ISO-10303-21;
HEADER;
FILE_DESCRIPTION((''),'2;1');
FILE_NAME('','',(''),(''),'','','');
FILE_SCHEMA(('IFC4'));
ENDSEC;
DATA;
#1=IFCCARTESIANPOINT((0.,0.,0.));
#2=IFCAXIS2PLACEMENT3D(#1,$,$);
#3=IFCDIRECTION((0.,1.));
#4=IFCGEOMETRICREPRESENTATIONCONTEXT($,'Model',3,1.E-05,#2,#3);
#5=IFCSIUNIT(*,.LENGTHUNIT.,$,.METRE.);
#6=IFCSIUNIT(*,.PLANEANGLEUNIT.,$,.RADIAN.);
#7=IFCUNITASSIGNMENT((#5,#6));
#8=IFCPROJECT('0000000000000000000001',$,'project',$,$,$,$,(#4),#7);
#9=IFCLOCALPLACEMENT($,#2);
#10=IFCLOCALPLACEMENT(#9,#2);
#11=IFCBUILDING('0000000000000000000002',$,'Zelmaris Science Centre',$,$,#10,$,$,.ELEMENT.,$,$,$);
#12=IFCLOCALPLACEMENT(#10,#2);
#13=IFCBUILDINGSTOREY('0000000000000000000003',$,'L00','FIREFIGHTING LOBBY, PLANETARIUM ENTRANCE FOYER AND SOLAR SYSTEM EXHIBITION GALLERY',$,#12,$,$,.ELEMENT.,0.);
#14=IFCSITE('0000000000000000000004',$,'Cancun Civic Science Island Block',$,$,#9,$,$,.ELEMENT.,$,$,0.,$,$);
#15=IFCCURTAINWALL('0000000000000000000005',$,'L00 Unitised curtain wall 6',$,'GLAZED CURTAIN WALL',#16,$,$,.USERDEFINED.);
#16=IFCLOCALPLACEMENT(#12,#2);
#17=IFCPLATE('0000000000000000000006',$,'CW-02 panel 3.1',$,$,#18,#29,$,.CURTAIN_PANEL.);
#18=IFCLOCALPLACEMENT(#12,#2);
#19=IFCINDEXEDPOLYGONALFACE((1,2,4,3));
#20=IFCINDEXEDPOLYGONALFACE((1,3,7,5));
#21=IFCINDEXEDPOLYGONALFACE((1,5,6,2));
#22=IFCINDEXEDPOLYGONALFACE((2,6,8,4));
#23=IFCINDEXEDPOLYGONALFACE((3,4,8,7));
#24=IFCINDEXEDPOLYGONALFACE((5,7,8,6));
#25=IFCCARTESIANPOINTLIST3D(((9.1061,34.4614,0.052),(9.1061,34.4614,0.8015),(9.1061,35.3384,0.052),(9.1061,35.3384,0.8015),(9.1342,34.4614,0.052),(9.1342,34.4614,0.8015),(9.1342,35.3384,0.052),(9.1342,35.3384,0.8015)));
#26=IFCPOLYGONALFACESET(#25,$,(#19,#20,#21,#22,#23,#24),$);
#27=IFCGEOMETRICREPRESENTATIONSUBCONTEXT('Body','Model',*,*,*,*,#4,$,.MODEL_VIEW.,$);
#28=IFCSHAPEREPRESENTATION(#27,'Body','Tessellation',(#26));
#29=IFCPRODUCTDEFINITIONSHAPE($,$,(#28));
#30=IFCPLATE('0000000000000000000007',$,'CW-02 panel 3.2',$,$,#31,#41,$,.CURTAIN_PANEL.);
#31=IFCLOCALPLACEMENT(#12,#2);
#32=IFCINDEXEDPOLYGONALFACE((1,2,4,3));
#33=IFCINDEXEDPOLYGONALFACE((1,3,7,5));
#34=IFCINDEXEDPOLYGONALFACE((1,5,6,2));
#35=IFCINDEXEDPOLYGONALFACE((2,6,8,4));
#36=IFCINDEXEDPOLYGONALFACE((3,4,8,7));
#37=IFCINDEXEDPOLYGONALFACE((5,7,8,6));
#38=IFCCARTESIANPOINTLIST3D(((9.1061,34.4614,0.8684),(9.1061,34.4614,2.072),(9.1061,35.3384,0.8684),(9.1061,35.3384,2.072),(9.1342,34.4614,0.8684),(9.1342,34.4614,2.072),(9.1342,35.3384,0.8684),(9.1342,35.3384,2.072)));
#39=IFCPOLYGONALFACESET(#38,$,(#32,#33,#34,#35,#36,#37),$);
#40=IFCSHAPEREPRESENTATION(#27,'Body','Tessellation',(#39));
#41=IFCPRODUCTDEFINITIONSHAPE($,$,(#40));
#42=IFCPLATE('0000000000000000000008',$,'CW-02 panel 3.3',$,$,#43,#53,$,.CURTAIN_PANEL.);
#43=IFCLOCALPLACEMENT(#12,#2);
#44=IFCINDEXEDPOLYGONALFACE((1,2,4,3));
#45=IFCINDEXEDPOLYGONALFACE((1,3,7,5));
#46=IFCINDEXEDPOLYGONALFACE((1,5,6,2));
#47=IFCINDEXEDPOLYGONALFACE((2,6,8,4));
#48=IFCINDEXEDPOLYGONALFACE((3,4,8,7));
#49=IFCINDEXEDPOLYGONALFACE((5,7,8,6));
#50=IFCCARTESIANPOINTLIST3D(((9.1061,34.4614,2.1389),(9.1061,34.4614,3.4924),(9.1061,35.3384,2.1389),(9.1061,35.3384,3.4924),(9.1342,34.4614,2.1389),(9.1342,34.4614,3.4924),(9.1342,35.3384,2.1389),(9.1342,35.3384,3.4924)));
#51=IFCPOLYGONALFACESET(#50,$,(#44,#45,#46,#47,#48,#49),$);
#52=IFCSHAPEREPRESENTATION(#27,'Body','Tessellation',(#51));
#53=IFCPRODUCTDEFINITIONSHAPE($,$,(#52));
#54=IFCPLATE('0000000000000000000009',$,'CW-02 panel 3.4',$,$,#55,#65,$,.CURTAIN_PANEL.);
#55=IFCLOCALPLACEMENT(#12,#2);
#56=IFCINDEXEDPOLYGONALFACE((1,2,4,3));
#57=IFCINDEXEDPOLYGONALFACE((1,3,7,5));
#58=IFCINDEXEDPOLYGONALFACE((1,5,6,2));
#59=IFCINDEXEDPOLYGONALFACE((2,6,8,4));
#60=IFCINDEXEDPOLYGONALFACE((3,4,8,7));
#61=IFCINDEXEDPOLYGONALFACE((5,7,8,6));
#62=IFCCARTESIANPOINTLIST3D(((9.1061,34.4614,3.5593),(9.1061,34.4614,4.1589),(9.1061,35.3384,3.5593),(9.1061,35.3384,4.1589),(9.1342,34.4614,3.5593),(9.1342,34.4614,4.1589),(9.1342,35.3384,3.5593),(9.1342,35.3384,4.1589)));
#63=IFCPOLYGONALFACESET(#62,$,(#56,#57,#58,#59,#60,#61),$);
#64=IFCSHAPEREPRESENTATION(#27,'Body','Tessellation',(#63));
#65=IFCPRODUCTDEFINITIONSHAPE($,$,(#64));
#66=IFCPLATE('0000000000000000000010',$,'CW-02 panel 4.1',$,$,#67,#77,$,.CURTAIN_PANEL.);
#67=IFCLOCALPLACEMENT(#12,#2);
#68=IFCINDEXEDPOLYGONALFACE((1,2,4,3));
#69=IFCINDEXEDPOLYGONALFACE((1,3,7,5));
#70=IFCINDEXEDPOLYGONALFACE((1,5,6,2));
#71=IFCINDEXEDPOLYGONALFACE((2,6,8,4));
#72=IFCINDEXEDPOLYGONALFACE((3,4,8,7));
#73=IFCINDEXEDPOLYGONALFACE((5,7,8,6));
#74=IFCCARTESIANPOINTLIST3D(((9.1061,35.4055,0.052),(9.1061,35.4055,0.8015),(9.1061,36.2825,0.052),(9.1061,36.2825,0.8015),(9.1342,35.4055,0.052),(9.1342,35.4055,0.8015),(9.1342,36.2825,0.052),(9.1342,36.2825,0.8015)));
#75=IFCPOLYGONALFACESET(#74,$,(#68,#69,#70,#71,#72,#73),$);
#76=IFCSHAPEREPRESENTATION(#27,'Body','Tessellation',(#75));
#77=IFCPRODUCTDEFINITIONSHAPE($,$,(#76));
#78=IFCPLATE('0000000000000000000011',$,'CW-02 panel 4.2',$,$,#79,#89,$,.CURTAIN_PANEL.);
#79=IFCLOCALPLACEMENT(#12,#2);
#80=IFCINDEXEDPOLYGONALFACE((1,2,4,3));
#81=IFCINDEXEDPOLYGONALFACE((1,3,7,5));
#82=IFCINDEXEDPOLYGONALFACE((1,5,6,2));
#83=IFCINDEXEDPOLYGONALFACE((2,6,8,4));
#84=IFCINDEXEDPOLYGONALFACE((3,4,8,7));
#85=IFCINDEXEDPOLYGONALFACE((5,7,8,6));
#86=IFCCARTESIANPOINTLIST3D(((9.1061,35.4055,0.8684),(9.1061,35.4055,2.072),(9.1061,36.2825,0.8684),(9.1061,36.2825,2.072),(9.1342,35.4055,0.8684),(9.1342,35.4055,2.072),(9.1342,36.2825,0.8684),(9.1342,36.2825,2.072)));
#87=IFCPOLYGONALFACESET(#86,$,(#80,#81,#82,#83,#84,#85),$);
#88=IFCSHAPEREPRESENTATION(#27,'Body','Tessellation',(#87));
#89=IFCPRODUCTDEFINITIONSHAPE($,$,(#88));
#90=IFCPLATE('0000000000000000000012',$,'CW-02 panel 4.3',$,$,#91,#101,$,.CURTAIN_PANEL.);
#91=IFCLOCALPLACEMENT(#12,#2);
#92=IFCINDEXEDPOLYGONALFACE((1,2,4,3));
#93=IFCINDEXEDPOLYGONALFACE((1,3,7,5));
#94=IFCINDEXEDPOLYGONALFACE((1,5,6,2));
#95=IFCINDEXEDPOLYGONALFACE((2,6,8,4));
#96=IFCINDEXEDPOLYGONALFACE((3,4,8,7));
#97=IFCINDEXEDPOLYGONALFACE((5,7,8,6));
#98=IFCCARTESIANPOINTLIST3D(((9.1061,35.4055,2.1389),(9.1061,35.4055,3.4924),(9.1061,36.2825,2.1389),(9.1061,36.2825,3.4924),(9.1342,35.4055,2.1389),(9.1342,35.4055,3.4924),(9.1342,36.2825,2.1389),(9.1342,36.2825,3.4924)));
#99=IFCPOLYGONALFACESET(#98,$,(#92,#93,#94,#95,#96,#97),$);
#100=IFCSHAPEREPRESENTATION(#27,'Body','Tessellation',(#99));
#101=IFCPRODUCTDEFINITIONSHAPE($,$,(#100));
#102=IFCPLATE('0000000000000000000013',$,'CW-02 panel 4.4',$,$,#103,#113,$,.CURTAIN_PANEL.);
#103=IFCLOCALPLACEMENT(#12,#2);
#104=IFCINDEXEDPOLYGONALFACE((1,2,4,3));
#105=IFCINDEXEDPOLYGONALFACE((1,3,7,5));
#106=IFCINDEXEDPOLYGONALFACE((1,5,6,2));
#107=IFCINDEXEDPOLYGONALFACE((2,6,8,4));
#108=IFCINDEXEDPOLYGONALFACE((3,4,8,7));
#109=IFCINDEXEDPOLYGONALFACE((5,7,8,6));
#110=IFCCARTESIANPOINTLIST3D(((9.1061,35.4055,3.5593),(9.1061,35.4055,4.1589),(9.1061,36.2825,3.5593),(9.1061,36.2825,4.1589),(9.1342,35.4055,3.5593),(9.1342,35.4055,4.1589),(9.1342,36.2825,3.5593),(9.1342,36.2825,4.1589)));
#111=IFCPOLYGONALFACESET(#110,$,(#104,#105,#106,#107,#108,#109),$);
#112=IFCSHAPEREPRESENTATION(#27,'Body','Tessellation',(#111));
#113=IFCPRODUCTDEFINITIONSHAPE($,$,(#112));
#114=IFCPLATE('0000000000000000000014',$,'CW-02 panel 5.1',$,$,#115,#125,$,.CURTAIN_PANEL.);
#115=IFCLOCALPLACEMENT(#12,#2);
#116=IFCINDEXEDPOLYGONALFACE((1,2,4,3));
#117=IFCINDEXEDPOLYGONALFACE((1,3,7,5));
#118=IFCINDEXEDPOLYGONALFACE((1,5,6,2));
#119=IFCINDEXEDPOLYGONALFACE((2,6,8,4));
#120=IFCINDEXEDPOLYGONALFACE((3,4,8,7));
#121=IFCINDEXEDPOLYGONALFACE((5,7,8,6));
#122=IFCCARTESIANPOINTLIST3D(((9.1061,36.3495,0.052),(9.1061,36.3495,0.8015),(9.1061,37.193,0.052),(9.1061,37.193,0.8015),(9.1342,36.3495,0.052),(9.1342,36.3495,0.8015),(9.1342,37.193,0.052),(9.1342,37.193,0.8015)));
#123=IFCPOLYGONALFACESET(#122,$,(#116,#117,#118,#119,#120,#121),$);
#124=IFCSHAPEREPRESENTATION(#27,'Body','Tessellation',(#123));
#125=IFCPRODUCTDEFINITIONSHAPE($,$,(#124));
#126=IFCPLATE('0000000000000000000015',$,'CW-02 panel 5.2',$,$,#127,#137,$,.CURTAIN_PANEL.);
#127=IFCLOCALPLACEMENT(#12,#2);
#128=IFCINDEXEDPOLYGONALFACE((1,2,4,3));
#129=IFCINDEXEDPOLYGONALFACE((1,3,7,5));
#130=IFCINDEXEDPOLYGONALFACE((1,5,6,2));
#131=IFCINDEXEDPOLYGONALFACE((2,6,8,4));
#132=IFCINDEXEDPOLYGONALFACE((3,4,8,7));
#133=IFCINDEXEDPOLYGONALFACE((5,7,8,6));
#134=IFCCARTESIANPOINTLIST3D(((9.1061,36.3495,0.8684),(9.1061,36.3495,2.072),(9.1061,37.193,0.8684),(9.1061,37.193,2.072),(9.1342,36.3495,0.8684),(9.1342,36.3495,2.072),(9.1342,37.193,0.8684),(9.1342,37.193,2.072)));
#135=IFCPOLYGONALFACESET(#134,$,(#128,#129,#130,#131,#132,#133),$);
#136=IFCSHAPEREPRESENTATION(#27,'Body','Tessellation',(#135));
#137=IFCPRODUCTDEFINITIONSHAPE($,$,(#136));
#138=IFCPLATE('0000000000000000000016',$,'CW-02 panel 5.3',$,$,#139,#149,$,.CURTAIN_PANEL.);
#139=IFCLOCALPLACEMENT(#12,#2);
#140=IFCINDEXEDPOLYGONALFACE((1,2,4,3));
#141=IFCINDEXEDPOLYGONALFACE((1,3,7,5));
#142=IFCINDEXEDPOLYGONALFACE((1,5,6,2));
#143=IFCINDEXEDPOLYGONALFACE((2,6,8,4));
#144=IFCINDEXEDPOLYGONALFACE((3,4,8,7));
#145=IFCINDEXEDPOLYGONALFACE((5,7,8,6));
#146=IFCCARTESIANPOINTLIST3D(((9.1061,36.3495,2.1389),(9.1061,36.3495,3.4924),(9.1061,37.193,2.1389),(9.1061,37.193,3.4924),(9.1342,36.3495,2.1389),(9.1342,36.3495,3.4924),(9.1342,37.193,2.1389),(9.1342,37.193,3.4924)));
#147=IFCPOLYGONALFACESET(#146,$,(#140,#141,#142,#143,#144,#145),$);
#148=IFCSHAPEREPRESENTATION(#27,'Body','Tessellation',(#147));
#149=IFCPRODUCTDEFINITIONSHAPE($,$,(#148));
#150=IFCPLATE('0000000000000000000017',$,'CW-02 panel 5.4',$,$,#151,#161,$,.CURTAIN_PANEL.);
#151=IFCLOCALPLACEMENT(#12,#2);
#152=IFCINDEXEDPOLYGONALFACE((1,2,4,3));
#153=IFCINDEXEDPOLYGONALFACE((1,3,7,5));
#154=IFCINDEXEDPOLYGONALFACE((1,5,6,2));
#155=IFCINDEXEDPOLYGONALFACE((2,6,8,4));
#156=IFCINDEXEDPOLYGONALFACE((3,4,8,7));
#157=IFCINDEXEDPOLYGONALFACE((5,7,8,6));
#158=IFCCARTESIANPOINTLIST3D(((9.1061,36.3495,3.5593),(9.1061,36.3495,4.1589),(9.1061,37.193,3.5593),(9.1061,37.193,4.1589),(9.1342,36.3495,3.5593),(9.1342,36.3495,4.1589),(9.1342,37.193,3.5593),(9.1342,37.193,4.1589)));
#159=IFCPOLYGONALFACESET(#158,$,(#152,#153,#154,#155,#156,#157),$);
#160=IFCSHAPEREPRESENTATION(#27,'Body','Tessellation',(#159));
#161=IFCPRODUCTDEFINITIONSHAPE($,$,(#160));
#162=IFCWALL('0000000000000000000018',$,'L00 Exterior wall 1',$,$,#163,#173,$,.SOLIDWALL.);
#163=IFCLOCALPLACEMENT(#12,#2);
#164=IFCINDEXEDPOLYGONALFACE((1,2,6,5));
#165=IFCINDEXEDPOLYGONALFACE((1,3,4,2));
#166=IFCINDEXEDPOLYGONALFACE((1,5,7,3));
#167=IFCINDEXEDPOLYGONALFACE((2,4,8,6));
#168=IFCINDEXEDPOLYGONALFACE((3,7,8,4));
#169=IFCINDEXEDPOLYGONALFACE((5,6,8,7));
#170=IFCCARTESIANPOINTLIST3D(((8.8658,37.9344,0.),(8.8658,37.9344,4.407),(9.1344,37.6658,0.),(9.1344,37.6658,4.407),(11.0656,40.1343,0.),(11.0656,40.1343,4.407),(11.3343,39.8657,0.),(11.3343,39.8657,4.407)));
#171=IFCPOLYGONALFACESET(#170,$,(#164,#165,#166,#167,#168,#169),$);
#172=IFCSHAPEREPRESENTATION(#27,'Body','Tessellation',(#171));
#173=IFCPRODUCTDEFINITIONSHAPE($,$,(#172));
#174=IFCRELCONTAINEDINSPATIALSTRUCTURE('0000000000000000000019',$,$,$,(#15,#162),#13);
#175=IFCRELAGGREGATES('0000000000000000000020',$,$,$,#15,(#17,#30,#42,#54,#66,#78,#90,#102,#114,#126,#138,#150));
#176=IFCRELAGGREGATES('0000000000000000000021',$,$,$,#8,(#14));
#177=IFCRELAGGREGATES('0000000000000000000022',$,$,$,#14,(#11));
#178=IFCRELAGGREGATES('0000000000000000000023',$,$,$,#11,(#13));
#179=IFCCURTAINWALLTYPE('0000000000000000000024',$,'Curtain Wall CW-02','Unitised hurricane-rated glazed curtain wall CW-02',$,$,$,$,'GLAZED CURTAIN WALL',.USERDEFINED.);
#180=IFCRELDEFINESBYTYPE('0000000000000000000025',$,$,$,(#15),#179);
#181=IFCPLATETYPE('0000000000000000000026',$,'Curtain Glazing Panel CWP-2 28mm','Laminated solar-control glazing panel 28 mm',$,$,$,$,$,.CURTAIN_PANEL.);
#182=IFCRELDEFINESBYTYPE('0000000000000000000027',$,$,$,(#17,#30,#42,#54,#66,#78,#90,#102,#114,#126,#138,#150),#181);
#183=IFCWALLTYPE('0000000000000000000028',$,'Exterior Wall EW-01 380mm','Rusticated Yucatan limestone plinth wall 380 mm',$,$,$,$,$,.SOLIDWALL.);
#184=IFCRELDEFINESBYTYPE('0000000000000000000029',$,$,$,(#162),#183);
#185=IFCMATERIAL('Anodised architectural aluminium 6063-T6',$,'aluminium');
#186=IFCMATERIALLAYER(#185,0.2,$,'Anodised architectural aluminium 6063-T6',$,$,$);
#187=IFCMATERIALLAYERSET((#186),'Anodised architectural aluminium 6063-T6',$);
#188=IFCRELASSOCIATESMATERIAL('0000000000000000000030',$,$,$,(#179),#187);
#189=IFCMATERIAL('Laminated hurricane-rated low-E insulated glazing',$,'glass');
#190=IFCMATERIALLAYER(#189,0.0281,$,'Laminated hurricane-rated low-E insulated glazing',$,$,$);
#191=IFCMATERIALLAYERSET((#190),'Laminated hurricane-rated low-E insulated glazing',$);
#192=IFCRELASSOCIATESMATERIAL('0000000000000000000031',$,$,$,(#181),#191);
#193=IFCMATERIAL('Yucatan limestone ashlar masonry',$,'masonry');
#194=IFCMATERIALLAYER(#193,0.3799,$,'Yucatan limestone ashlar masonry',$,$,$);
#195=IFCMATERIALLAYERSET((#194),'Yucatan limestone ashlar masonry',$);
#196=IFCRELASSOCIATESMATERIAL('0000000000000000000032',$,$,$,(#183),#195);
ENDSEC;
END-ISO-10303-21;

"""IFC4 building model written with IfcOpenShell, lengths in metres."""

from ifc_helpers import new_model, si_unit, direction, frame, frame_2d, origin, origin_2d, place, context, subcontext, project, spatial, rectangle, extrude, material, layer, layer_set, type_object, element, aggregate, save


model = new_model("IFC4")

# Units and contexts
model_context = context("Model", 3, precision=1e-05, world=origin(), true_north=direction((0.0, 1.0)))
body_context = subcontext(model_context, "Body", "Model", "MODEL_VIEW")
ifc_project = project(units=[si_unit("LENGTHUNIT", "METRE"), si_unit("PLANEANGLEUNIT", "RADIAN")], contexts=[model_context])

# Site, building, storey
site_placement = place(None, origin())
site = spatial("IfcSite", under=ifc_project, at=site_placement, Name="Cancun Civic Science Island Block", CompositionType="ELEMENT", RefElevation=0.0)
building_placement = place(site_placement, origin())
building = spatial("IfcBuilding", under=site, at=building_placement, Name="Zelmaris Science Centre", CompositionType="ELEMENT")
storey_placement = place(building_placement, origin())
storey = spatial("IfcBuildingStorey", under=building, at=storey_placement, Name="L00", Description="FIREFIGHTING LOBBY, PLANETARIUM ENTRANCE FOYER AND SOLAR SYSTEM EXHIBITION GALLERY", CompositionType="ELEMENT", Elevation=0.0)

# Curtain wall
ifc_material_1 = material(Name="Anodised architectural aluminium 6063-T6", Category="aluminium")
ifc_layer_1 = layer(ifc_material_1, 0.2, Name="Anodised architectural aluminium 6063-T6")
ifc_layer_set_1 = layer_set([ifc_layer_1], Name="Anodised architectural aluminium 6063-T6")
curtain_wall_type = type_object("IfcCurtainWallType", Name="Curtain Wall CW-02", Description="Unitised hurricane-rated glazed curtain wall CW-02", ElementType="GLAZED CURTAIN WALL", PredefinedType="USERDEFINED", material=ifc_layer_set_1)
curtain_wall_placement = place(storey_placement, origin())
curtain_wall = element("IfcCurtainWall", 1, at=curtain_wall_placement, inside=storey, type_object=curtain_wall_type, Name="L00 Unitised curtain wall 6", ObjectType="GLAZED CURTAIN WALL", PredefinedType="USERDEFINED")

# Plates
ifc_material_2 = material(Name="Laminated hurricane-rated low-E insulated glazing", Category="glass")
ifc_layer_2 = layer(ifc_material_2, 0.0281, Name="Laminated hurricane-rated low-E insulated glazing")
ifc_layer_set_2 = layer_set([ifc_layer_2], Name="Laminated hurricane-rated low-E insulated glazing")
plate_type = type_object("IfcPlateType", Name="Curtain Glazing Panel CWP-2 28mm", Description="Laminated solar-control glazing panel 28 mm", PredefinedType="CURTAIN_PANEL", material=ifc_layer_set_2)
plate_1_placement = place(storey_placement, frame((9.1201, 34.8999, 0.052), z_axis=(0.0, 0.0, 1.0), x_axis=(0.0, 1.0, 0.0)))
plate_1 = element("IfcPlate", 2, at=plate_1_placement, type_object=plate_type, Name="CW-02 panel 3.1", PredefinedType="CURTAIN_PANEL", context=body_context, shape_type="SweptSolid", body=[
    extrude(rectangle(XDim=0.877, YDim=0.0281, at=origin_2d()), origin(), (0.0, 0.0, 1.0), 0.7495),
])
plate_2_placement = place(storey_placement, frame((9.1201, 34.8999, 0.8684), z_axis=(0.0, 0.0, 1.0), x_axis=(0.0, 1.0, 0.0)))
plate_2 = element("IfcPlate", 3, at=plate_2_placement, type_object=plate_type, Name="CW-02 panel 3.2", PredefinedType="CURTAIN_PANEL", context=body_context, shape_type="SweptSolid", body=[
    extrude(rectangle(XDim=0.877, YDim=0.0281, at=origin_2d()), origin(), (0.0, 0.0, 1.0), 1.2036),
])
plate_3_placement = place(storey_placement, frame((9.1201, 34.8999, 2.1389), z_axis=(0.0, 0.0, 1.0), x_axis=(0.0, 1.0, 0.0)))
plate_3 = element("IfcPlate", 4, at=plate_3_placement, type_object=plate_type, Name="CW-02 panel 3.3", PredefinedType="CURTAIN_PANEL", context=body_context, shape_type="SweptSolid", body=[
    extrude(rectangle(XDim=0.877, YDim=0.0281, at=origin_2d()), origin(), (0.0, 0.0, 1.0), 1.3535),
])
plate_4_placement = place(storey_placement, frame((9.1201, 34.8999, 3.5593), z_axis=(0.0, 0.0, 1.0), x_axis=(0.0, 1.0, 0.0)))
plate_4 = element("IfcPlate", 5, at=plate_4_placement, type_object=plate_type, Name="CW-02 panel 3.4", PredefinedType="CURTAIN_PANEL", context=body_context, shape_type="SweptSolid", body=[
    extrude(rectangle(XDim=0.877, YDim=0.0281, at=origin_2d()), origin(), (0.0, 0.0, 1.0), 0.5996),
])
plate_5_placement = place(storey_placement, frame((9.1201, 35.844, 0.052), z_axis=(0.0, 0.0, 1.0), x_axis=(0.0, 1.0, 0.0)))
plate_5 = element("IfcPlate", 6, at=plate_5_placement, type_object=plate_type, Name="CW-02 panel 4.1", PredefinedType="CURTAIN_PANEL", context=body_context, shape_type="SweptSolid", body=[
    extrude(rectangle(XDim=0.877, YDim=0.0281, at=origin_2d()), origin(), (0.0, 0.0, 1.0), 0.7495),
])
plate_6_placement = place(storey_placement, frame((9.1201, 35.844, 0.8684), z_axis=(0.0, 0.0, 1.0), x_axis=(0.0, 1.0, 0.0)))
plate_6 = element("IfcPlate", 7, at=plate_6_placement, type_object=plate_type, Name="CW-02 panel 4.2", PredefinedType="CURTAIN_PANEL", context=body_context, shape_type="SweptSolid", body=[
    extrude(rectangle(XDim=0.877, YDim=0.0281, at=origin_2d()), origin(), (0.0, 0.0, 1.0), 1.2036),
])
plate_7_placement = place(storey_placement, frame((9.1201, 35.844, 2.1389), z_axis=(0.0, 0.0, 1.0), x_axis=(0.0, 1.0, 0.0)))
plate_7 = element("IfcPlate", 8, at=plate_7_placement, type_object=plate_type, Name="CW-02 panel 4.3", PredefinedType="CURTAIN_PANEL", context=body_context, shape_type="SweptSolid", body=[
    extrude(rectangle(XDim=0.877, YDim=0.0281, at=origin_2d()), origin(), (0.0, 0.0, 1.0), 1.3535),
])
plate_8_placement = place(storey_placement, frame((9.1201, 35.844, 3.5593), z_axis=(0.0, 0.0, 1.0), x_axis=(0.0, 1.0, 0.0)))
plate_8 = element("IfcPlate", 9, at=plate_8_placement, type_object=plate_type, Name="CW-02 panel 4.4", PredefinedType="CURTAIN_PANEL", context=body_context, shape_type="SweptSolid", body=[
    extrude(rectangle(XDim=0.877, YDim=0.0281, at=origin_2d()), origin(), (0.0, 0.0, 1.0), 0.5996),
])
plate_9_placement = place(storey_placement, frame((9.1201, 36.7712, 0.052), z_axis=(0.0, 0.0, 1.0), x_axis=(0.0, 1.0, 0.0)))
plate_9 = element("IfcPlate", 10, at=plate_9_placement, type_object=plate_type, Name="CW-02 panel 5.1", PredefinedType="CURTAIN_PANEL", context=body_context, shape_type="SweptSolid", body=[
    extrude(rectangle(XDim=0.8435, YDim=0.0281, at=origin_2d()), origin(), (0.0, 0.0, 1.0), 0.7495),
])
plate_10_placement = place(storey_placement, frame((9.1201, 36.7712, 0.8684), z_axis=(0.0, 0.0, 1.0), x_axis=(0.0, 1.0, 0.0)))
plate_10 = element("IfcPlate", 11, at=plate_10_placement, type_object=plate_type, Name="CW-02 panel 5.2", PredefinedType="CURTAIN_PANEL", context=body_context, shape_type="SweptSolid", body=[
    extrude(rectangle(XDim=0.8435, YDim=0.0281, at=origin_2d()), origin(), (0.0, 0.0, 1.0), 1.2036),
])
plate_11_placement = place(storey_placement, frame((9.1201, 36.7712, 2.1389), z_axis=(0.0, 0.0, 1.0), x_axis=(0.0, 1.0, 0.0)))
plate_11 = element("IfcPlate", 12, at=plate_11_placement, type_object=plate_type, Name="CW-02 panel 5.3", PredefinedType="CURTAIN_PANEL", context=body_context, shape_type="SweptSolid", body=[
    extrude(rectangle(XDim=0.8435, YDim=0.0281, at=origin_2d()), origin(), (0.0, 0.0, 1.0), 1.3535),
])
plate_12_placement = place(storey_placement, frame((9.1201, 36.7712, 3.5593), z_axis=(0.0, 0.0, 1.0), x_axis=(0.0, 1.0, 0.0)))
plate_12 = element("IfcPlate", 13, at=plate_12_placement, type_object=plate_type, Name="CW-02 panel 5.4", PredefinedType="CURTAIN_PANEL", context=body_context, shape_type="SweptSolid", body=[
    extrude(rectangle(XDim=0.8435, YDim=0.0281, at=origin_2d()), origin(), (0.0, 0.0, 1.0), 0.5996),
])
aggregate(curtain_wall, [plate_1, plate_2, plate_3, plate_4, plate_5, plate_6, plate_7, plate_8, plate_9, plate_10, plate_11, plate_12])

# Wall
ifc_material_3 = material(Name="Yucatan limestone ashlar masonry", Category="masonry")
ifc_layer_3 = layer(ifc_material_3, 0.3799, Name="Yucatan limestone ashlar masonry")
ifc_layer_set_3 = layer_set([ifc_layer_3], Name="Yucatan limestone ashlar masonry")
wall_type = type_object("IfcWallType", Name="Exterior Wall EW-01 380mm", Description="Rusticated Yucatan limestone plinth wall 380 mm", PredefinedType="SOLIDWALL", material=ifc_layer_set_3)
wall_1_placement = place(storey_placement, frame((9.0, 37.8, 0.0), z_axis=(0.0, 0.0, 1.0), x_axis=(0.707107, 0.707107, 0.0)))
element("IfcWall", 14, at=wall_1_placement, inside=storey, type_object=wall_type, Name="L00 Exterior wall 1", PredefinedType="SOLIDWALL", context=body_context, shape_type="SweptSolid", body=[
    extrude(rectangle(XDim=3.1111, YDim=0.3799, at=frame_2d((1.5557, 0.0))), origin(), (0.0, 0.0, 1.0), 4.407),
])

save(model, "model.ifc")
